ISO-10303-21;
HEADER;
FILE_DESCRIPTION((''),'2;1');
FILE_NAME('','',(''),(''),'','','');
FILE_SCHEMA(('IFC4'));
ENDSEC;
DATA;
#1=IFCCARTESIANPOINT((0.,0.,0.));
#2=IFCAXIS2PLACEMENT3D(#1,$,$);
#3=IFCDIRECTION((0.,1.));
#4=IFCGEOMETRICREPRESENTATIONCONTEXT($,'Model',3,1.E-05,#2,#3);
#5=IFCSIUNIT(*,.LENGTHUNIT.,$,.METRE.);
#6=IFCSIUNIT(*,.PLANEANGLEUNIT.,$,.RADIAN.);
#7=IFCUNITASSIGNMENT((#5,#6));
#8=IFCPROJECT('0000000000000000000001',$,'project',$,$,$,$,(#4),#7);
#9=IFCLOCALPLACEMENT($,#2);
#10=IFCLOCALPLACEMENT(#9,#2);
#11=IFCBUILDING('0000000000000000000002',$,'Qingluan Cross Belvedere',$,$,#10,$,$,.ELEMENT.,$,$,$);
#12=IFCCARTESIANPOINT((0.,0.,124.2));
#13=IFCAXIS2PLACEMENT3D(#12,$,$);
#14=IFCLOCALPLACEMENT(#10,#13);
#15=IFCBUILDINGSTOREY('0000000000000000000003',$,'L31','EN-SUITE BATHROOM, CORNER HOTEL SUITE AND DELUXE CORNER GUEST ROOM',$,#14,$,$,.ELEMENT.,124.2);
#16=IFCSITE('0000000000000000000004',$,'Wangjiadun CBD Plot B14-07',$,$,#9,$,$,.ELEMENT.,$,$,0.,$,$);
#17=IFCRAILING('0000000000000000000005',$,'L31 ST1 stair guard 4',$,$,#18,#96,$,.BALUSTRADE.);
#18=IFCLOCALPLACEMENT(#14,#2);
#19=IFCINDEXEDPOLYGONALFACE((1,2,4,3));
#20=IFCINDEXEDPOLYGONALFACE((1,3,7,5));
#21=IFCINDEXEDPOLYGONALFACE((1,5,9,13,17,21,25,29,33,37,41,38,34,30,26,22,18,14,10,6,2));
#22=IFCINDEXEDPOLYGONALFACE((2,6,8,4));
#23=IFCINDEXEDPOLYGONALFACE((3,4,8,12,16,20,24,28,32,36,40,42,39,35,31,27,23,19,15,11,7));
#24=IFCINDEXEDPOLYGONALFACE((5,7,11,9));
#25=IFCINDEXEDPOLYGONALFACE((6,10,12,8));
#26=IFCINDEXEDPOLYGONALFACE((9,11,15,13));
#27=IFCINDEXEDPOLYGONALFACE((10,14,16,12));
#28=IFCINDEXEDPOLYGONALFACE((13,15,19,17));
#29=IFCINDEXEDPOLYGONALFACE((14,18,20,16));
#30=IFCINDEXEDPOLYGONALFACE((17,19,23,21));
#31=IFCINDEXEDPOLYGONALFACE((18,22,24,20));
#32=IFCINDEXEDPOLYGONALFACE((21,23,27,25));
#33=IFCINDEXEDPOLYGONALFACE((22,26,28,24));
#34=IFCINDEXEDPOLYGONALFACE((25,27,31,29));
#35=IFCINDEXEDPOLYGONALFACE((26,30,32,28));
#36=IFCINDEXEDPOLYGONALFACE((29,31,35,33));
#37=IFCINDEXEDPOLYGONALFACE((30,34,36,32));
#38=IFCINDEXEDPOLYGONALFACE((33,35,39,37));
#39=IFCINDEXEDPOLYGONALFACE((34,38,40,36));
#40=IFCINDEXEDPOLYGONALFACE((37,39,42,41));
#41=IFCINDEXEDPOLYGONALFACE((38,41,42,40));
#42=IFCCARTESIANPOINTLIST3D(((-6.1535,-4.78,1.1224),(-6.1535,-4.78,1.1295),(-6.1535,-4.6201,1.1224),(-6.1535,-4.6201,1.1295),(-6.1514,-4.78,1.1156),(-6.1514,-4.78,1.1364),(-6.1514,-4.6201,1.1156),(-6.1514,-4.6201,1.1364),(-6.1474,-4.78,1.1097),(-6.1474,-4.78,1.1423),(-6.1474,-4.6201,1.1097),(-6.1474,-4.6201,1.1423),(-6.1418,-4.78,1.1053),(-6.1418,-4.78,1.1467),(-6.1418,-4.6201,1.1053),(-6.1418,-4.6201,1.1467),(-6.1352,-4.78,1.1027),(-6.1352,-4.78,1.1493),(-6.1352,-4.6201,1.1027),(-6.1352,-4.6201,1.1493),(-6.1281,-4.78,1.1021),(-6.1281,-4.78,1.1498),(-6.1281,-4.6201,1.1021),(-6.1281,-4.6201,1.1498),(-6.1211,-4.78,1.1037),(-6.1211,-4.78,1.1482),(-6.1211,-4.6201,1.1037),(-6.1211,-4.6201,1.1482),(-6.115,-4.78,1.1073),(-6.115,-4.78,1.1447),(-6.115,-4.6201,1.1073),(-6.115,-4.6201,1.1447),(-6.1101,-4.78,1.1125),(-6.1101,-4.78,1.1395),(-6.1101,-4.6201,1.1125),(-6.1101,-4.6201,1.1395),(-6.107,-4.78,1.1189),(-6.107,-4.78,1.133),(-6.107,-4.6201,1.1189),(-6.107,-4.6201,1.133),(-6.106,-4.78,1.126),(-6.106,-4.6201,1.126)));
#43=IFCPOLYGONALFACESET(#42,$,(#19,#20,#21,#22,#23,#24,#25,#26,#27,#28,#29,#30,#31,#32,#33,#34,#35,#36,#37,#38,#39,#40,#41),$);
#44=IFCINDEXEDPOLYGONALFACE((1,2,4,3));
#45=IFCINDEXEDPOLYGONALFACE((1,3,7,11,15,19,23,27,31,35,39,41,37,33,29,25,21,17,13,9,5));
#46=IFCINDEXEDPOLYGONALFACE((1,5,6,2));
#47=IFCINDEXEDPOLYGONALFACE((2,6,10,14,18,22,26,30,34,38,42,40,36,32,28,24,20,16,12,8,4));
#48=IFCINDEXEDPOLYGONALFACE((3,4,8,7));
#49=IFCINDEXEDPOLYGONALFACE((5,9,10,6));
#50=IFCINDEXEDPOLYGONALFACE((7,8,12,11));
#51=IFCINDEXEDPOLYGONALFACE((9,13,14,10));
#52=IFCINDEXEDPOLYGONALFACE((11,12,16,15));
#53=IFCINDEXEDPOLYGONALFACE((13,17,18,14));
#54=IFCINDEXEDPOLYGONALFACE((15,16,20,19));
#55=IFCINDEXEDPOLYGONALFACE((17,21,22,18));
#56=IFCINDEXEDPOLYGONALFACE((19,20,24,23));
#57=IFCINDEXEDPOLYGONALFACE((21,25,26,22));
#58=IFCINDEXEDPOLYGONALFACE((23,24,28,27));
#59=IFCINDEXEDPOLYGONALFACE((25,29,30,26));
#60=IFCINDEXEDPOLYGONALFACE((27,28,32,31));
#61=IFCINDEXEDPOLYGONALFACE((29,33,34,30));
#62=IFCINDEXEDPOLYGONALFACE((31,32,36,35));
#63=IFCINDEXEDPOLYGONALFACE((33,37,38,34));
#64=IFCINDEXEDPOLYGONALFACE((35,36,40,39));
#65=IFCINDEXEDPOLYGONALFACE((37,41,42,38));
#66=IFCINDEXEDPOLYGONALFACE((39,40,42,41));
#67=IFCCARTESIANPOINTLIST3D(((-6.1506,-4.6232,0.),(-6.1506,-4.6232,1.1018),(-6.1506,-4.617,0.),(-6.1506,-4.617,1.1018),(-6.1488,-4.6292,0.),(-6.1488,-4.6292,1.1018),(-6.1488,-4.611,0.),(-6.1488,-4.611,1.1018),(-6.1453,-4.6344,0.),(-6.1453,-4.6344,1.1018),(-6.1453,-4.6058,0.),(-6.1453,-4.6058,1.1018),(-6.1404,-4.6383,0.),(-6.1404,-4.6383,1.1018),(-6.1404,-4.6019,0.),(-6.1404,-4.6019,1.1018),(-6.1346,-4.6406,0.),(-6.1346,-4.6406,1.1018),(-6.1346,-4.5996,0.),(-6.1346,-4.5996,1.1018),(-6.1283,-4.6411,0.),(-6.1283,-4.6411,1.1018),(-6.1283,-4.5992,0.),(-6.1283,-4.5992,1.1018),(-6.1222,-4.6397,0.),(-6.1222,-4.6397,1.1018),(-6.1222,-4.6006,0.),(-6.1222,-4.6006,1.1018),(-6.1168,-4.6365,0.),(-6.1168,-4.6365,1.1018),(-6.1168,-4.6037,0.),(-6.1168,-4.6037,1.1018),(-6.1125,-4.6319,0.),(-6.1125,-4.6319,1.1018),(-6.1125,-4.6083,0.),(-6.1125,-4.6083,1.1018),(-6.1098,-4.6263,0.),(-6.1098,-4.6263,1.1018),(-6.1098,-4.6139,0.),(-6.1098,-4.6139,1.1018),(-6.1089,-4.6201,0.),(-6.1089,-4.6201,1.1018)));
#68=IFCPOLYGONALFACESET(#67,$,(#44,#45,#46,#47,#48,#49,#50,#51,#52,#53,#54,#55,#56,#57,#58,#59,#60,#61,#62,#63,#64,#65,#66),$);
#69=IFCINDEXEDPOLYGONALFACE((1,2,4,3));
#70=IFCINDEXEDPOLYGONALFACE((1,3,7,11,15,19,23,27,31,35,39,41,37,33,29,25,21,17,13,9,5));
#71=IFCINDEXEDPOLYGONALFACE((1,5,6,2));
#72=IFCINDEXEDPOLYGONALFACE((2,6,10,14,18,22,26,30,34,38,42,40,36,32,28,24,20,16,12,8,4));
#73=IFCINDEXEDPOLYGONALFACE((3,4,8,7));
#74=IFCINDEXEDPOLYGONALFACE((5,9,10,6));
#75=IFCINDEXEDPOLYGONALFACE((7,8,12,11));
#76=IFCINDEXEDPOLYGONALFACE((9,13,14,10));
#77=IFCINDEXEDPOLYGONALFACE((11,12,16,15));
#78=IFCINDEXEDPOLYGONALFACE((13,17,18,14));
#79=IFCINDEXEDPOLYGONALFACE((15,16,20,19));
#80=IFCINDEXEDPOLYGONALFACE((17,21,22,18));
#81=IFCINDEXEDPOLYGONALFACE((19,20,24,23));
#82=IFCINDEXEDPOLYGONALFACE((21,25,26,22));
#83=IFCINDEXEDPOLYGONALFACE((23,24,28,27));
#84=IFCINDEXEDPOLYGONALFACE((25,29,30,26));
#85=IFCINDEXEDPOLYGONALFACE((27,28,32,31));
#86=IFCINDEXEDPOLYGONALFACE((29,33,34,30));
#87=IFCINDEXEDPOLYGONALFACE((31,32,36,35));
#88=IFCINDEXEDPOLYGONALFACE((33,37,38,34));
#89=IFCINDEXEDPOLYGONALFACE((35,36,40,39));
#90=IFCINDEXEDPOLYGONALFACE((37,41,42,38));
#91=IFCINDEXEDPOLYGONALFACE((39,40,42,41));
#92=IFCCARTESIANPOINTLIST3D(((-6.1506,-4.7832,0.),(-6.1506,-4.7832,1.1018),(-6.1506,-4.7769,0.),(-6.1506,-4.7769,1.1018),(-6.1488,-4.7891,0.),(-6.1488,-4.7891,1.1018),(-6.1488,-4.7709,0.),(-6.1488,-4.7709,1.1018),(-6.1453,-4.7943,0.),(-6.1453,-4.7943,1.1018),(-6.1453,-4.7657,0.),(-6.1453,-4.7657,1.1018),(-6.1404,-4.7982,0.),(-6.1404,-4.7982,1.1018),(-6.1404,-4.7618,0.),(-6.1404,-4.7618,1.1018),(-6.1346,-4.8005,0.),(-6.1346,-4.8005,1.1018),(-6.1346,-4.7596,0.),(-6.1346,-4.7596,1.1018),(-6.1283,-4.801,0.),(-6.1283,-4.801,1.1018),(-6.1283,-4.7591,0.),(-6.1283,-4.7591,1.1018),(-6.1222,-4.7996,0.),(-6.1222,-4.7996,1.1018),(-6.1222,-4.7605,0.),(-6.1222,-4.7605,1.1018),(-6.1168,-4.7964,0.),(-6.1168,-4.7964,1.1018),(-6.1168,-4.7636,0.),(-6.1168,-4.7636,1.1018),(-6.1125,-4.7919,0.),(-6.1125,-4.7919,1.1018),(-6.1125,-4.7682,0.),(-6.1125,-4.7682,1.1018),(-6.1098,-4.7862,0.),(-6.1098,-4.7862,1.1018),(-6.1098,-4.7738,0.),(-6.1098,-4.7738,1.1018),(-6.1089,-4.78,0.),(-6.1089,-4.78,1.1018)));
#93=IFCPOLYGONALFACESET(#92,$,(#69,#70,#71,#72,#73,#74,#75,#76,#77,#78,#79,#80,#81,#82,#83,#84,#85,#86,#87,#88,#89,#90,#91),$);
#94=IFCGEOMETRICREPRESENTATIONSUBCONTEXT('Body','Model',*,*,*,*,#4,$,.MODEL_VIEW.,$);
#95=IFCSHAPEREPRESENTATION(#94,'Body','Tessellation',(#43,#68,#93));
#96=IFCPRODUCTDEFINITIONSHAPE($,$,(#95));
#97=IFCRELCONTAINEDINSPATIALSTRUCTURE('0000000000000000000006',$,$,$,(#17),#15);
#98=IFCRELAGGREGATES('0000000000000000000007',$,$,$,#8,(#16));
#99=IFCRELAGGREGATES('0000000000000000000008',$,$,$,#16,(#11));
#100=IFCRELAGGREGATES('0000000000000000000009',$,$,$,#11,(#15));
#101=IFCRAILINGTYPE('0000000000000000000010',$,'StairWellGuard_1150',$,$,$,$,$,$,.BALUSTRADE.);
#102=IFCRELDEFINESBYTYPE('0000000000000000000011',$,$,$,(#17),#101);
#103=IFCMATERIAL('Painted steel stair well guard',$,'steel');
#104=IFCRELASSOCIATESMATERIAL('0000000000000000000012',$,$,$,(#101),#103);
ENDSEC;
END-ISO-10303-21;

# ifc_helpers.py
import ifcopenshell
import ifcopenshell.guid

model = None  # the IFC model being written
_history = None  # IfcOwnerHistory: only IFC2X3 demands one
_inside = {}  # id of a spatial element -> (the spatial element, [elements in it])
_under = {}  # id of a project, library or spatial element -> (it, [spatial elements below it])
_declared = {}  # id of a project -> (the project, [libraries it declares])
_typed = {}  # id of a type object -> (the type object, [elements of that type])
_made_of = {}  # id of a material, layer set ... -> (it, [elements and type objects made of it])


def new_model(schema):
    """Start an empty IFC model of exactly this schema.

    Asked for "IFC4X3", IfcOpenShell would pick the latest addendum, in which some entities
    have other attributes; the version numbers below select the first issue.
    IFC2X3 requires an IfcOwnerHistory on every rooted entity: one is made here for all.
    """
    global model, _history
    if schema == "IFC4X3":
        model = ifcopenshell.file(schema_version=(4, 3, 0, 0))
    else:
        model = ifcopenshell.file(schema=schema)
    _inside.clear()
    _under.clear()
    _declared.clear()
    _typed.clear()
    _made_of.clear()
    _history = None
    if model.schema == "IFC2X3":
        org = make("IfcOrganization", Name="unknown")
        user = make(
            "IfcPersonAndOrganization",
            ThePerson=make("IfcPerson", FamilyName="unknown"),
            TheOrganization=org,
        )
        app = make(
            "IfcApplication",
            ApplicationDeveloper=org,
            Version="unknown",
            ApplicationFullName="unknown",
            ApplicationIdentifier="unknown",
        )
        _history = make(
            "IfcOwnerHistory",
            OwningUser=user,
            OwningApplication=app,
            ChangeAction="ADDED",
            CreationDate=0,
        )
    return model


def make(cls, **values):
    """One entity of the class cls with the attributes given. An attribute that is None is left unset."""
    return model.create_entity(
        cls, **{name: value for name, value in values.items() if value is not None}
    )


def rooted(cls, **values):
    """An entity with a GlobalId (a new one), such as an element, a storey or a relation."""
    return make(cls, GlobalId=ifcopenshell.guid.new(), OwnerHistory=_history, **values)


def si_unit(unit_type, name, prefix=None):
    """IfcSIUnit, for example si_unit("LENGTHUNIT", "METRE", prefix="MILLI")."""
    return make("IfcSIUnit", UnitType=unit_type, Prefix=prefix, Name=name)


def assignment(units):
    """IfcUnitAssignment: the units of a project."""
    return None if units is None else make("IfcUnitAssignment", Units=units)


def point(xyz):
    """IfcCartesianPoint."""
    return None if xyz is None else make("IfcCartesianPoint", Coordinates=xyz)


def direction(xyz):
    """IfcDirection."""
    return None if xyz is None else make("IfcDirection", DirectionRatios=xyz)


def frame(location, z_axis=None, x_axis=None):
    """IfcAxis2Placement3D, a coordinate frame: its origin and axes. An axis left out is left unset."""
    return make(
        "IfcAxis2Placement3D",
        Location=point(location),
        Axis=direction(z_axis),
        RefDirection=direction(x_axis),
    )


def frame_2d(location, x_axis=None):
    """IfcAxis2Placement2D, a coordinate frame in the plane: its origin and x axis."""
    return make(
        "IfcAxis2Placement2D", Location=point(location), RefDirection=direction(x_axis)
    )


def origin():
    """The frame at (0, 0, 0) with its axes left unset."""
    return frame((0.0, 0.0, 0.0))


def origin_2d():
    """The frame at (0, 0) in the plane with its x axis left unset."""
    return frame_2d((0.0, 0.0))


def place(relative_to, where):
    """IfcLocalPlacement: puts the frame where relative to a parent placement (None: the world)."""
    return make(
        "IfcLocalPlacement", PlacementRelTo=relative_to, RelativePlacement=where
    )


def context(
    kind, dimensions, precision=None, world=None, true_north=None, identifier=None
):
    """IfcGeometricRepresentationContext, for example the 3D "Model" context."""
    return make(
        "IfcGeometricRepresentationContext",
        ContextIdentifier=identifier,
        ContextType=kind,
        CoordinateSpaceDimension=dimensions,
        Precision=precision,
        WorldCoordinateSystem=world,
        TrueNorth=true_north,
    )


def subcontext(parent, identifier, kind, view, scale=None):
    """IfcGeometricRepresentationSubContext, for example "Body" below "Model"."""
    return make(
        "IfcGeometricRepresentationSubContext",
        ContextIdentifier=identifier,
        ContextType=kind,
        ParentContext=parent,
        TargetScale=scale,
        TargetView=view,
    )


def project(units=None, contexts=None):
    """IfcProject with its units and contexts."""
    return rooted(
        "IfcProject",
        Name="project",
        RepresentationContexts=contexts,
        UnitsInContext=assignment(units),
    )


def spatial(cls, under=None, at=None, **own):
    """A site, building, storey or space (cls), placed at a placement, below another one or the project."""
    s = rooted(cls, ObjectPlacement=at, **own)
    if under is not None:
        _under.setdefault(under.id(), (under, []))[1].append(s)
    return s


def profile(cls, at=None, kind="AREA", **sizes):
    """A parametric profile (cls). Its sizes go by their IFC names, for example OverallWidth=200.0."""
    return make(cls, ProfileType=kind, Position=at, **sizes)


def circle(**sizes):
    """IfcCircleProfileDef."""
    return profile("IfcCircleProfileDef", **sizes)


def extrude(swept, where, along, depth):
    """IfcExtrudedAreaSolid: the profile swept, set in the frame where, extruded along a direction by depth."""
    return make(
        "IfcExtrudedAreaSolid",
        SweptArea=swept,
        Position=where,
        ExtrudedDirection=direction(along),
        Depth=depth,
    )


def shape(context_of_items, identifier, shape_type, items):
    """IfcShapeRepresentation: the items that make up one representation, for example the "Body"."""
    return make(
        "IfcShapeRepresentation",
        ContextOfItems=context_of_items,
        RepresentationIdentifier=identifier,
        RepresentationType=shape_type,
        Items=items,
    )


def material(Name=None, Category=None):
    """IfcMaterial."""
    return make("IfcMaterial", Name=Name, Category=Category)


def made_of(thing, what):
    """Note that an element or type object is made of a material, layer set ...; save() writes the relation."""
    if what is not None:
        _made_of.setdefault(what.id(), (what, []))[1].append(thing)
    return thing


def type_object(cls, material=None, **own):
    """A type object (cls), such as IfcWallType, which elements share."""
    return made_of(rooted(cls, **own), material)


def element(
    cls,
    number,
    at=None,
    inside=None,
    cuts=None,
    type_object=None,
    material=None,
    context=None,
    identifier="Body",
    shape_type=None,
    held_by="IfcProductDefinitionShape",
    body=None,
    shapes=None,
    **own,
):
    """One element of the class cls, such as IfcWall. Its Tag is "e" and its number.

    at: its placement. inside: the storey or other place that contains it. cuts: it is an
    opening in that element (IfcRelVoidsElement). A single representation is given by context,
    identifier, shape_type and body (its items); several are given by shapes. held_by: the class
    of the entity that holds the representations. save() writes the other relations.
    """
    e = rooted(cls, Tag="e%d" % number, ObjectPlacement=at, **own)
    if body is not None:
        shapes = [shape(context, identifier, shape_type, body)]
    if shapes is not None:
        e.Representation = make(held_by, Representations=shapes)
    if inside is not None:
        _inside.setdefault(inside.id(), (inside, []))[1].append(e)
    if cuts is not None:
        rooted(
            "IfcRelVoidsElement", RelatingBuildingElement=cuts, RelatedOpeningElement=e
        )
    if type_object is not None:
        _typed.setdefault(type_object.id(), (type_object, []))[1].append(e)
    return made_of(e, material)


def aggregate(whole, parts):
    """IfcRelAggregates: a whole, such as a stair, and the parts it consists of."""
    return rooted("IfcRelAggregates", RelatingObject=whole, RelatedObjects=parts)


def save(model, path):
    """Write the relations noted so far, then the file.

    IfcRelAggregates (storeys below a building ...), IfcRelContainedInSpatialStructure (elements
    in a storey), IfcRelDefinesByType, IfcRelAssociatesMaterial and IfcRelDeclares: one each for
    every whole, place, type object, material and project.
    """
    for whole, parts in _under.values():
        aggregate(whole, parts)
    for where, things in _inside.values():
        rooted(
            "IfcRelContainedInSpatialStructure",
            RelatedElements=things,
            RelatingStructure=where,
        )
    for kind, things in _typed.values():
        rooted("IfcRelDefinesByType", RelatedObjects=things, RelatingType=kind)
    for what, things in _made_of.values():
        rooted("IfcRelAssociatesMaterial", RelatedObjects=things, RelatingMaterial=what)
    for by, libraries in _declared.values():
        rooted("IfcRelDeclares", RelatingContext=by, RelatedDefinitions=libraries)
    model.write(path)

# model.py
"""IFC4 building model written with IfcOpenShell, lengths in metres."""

from ifc_helpers import new_model, si_unit, direction, frame, origin, origin_2d, place, context, subcontext, project, spatial, circle, extrude, material, type_object, element, save


model = new_model("IFC4")

# Units and contexts
model_context = context("Model", 3, precision=1e-05, world=origin(), true_north=direction((0.0, 1.0)))
body_context = subcontext(model_context, "Body", "Model", "MODEL_VIEW")
ifc_project = project(units=[si_unit("LENGTHUNIT", "METRE"), si_unit("PLANEANGLEUNIT", "RADIAN")], contexts=[model_context])

# Site, building, storey
site_placement = place(None, origin())
site = spatial("IfcSite", under=ifc_project, at=site_placement, Name="Wangjiadun CBD Plot B14-07", CompositionType="ELEMENT", RefElevation=0.0)
building_placement = place(site_placement, origin())
building = spatial("IfcBuilding", under=site, at=building_placement, Name="Qingluan Cross Belvedere", CompositionType="ELEMENT")
storey_placement = place(building_placement, frame((0.0, 0.0, 124.2)))
storey = spatial("IfcBuildingStorey", under=building, at=storey_placement, Name="L31", Description="EN-SUITE BATHROOM, CORNER HOTEL SUITE AND DELUXE CORNER GUEST ROOM", CompositionType="ELEMENT", Elevation=124.2)

# Railing
ifc_material_1 = material(Name="Painted steel stair well guard", Category="steel")
railing_type_1 = type_object("IfcRailingType", Name="StairWellGuard_1150", PredefinedType="BALUSTRADE", material=ifc_material_1)
railing_1_placement = place(storey_placement, frame((-6.1299, -4.6201, 0.0)))
element("IfcRailing", 1, at=railing_1_placement, inside=storey, type_object=railing_type_1, Name="L31 ST1 stair guard 4", PredefinedType="BALUSTRADE", context=body_context, shape_type="SweptSolid", body=[
    extrude(circle(Radius=0.0239, at=origin_2d()), frame((0.0, 0.0, 1.126), z_axis=(0.0, -1.0, 0.0), x_axis=(1.0, 0.0, 0.0)), (0.0, 0.0, 1.0), 0.1599),
    extrude(circle(Radius=0.021, at=origin_2d()), origin(), (0.0, 0.0, 1.0), 1.1018),
    extrude(circle(Radius=0.021, at=origin_2d()), frame((0.0, -0.1599, 0.0)), (0.0, 0.0, 1.0), 1.1018),
])

save(model, "model.ifc")
